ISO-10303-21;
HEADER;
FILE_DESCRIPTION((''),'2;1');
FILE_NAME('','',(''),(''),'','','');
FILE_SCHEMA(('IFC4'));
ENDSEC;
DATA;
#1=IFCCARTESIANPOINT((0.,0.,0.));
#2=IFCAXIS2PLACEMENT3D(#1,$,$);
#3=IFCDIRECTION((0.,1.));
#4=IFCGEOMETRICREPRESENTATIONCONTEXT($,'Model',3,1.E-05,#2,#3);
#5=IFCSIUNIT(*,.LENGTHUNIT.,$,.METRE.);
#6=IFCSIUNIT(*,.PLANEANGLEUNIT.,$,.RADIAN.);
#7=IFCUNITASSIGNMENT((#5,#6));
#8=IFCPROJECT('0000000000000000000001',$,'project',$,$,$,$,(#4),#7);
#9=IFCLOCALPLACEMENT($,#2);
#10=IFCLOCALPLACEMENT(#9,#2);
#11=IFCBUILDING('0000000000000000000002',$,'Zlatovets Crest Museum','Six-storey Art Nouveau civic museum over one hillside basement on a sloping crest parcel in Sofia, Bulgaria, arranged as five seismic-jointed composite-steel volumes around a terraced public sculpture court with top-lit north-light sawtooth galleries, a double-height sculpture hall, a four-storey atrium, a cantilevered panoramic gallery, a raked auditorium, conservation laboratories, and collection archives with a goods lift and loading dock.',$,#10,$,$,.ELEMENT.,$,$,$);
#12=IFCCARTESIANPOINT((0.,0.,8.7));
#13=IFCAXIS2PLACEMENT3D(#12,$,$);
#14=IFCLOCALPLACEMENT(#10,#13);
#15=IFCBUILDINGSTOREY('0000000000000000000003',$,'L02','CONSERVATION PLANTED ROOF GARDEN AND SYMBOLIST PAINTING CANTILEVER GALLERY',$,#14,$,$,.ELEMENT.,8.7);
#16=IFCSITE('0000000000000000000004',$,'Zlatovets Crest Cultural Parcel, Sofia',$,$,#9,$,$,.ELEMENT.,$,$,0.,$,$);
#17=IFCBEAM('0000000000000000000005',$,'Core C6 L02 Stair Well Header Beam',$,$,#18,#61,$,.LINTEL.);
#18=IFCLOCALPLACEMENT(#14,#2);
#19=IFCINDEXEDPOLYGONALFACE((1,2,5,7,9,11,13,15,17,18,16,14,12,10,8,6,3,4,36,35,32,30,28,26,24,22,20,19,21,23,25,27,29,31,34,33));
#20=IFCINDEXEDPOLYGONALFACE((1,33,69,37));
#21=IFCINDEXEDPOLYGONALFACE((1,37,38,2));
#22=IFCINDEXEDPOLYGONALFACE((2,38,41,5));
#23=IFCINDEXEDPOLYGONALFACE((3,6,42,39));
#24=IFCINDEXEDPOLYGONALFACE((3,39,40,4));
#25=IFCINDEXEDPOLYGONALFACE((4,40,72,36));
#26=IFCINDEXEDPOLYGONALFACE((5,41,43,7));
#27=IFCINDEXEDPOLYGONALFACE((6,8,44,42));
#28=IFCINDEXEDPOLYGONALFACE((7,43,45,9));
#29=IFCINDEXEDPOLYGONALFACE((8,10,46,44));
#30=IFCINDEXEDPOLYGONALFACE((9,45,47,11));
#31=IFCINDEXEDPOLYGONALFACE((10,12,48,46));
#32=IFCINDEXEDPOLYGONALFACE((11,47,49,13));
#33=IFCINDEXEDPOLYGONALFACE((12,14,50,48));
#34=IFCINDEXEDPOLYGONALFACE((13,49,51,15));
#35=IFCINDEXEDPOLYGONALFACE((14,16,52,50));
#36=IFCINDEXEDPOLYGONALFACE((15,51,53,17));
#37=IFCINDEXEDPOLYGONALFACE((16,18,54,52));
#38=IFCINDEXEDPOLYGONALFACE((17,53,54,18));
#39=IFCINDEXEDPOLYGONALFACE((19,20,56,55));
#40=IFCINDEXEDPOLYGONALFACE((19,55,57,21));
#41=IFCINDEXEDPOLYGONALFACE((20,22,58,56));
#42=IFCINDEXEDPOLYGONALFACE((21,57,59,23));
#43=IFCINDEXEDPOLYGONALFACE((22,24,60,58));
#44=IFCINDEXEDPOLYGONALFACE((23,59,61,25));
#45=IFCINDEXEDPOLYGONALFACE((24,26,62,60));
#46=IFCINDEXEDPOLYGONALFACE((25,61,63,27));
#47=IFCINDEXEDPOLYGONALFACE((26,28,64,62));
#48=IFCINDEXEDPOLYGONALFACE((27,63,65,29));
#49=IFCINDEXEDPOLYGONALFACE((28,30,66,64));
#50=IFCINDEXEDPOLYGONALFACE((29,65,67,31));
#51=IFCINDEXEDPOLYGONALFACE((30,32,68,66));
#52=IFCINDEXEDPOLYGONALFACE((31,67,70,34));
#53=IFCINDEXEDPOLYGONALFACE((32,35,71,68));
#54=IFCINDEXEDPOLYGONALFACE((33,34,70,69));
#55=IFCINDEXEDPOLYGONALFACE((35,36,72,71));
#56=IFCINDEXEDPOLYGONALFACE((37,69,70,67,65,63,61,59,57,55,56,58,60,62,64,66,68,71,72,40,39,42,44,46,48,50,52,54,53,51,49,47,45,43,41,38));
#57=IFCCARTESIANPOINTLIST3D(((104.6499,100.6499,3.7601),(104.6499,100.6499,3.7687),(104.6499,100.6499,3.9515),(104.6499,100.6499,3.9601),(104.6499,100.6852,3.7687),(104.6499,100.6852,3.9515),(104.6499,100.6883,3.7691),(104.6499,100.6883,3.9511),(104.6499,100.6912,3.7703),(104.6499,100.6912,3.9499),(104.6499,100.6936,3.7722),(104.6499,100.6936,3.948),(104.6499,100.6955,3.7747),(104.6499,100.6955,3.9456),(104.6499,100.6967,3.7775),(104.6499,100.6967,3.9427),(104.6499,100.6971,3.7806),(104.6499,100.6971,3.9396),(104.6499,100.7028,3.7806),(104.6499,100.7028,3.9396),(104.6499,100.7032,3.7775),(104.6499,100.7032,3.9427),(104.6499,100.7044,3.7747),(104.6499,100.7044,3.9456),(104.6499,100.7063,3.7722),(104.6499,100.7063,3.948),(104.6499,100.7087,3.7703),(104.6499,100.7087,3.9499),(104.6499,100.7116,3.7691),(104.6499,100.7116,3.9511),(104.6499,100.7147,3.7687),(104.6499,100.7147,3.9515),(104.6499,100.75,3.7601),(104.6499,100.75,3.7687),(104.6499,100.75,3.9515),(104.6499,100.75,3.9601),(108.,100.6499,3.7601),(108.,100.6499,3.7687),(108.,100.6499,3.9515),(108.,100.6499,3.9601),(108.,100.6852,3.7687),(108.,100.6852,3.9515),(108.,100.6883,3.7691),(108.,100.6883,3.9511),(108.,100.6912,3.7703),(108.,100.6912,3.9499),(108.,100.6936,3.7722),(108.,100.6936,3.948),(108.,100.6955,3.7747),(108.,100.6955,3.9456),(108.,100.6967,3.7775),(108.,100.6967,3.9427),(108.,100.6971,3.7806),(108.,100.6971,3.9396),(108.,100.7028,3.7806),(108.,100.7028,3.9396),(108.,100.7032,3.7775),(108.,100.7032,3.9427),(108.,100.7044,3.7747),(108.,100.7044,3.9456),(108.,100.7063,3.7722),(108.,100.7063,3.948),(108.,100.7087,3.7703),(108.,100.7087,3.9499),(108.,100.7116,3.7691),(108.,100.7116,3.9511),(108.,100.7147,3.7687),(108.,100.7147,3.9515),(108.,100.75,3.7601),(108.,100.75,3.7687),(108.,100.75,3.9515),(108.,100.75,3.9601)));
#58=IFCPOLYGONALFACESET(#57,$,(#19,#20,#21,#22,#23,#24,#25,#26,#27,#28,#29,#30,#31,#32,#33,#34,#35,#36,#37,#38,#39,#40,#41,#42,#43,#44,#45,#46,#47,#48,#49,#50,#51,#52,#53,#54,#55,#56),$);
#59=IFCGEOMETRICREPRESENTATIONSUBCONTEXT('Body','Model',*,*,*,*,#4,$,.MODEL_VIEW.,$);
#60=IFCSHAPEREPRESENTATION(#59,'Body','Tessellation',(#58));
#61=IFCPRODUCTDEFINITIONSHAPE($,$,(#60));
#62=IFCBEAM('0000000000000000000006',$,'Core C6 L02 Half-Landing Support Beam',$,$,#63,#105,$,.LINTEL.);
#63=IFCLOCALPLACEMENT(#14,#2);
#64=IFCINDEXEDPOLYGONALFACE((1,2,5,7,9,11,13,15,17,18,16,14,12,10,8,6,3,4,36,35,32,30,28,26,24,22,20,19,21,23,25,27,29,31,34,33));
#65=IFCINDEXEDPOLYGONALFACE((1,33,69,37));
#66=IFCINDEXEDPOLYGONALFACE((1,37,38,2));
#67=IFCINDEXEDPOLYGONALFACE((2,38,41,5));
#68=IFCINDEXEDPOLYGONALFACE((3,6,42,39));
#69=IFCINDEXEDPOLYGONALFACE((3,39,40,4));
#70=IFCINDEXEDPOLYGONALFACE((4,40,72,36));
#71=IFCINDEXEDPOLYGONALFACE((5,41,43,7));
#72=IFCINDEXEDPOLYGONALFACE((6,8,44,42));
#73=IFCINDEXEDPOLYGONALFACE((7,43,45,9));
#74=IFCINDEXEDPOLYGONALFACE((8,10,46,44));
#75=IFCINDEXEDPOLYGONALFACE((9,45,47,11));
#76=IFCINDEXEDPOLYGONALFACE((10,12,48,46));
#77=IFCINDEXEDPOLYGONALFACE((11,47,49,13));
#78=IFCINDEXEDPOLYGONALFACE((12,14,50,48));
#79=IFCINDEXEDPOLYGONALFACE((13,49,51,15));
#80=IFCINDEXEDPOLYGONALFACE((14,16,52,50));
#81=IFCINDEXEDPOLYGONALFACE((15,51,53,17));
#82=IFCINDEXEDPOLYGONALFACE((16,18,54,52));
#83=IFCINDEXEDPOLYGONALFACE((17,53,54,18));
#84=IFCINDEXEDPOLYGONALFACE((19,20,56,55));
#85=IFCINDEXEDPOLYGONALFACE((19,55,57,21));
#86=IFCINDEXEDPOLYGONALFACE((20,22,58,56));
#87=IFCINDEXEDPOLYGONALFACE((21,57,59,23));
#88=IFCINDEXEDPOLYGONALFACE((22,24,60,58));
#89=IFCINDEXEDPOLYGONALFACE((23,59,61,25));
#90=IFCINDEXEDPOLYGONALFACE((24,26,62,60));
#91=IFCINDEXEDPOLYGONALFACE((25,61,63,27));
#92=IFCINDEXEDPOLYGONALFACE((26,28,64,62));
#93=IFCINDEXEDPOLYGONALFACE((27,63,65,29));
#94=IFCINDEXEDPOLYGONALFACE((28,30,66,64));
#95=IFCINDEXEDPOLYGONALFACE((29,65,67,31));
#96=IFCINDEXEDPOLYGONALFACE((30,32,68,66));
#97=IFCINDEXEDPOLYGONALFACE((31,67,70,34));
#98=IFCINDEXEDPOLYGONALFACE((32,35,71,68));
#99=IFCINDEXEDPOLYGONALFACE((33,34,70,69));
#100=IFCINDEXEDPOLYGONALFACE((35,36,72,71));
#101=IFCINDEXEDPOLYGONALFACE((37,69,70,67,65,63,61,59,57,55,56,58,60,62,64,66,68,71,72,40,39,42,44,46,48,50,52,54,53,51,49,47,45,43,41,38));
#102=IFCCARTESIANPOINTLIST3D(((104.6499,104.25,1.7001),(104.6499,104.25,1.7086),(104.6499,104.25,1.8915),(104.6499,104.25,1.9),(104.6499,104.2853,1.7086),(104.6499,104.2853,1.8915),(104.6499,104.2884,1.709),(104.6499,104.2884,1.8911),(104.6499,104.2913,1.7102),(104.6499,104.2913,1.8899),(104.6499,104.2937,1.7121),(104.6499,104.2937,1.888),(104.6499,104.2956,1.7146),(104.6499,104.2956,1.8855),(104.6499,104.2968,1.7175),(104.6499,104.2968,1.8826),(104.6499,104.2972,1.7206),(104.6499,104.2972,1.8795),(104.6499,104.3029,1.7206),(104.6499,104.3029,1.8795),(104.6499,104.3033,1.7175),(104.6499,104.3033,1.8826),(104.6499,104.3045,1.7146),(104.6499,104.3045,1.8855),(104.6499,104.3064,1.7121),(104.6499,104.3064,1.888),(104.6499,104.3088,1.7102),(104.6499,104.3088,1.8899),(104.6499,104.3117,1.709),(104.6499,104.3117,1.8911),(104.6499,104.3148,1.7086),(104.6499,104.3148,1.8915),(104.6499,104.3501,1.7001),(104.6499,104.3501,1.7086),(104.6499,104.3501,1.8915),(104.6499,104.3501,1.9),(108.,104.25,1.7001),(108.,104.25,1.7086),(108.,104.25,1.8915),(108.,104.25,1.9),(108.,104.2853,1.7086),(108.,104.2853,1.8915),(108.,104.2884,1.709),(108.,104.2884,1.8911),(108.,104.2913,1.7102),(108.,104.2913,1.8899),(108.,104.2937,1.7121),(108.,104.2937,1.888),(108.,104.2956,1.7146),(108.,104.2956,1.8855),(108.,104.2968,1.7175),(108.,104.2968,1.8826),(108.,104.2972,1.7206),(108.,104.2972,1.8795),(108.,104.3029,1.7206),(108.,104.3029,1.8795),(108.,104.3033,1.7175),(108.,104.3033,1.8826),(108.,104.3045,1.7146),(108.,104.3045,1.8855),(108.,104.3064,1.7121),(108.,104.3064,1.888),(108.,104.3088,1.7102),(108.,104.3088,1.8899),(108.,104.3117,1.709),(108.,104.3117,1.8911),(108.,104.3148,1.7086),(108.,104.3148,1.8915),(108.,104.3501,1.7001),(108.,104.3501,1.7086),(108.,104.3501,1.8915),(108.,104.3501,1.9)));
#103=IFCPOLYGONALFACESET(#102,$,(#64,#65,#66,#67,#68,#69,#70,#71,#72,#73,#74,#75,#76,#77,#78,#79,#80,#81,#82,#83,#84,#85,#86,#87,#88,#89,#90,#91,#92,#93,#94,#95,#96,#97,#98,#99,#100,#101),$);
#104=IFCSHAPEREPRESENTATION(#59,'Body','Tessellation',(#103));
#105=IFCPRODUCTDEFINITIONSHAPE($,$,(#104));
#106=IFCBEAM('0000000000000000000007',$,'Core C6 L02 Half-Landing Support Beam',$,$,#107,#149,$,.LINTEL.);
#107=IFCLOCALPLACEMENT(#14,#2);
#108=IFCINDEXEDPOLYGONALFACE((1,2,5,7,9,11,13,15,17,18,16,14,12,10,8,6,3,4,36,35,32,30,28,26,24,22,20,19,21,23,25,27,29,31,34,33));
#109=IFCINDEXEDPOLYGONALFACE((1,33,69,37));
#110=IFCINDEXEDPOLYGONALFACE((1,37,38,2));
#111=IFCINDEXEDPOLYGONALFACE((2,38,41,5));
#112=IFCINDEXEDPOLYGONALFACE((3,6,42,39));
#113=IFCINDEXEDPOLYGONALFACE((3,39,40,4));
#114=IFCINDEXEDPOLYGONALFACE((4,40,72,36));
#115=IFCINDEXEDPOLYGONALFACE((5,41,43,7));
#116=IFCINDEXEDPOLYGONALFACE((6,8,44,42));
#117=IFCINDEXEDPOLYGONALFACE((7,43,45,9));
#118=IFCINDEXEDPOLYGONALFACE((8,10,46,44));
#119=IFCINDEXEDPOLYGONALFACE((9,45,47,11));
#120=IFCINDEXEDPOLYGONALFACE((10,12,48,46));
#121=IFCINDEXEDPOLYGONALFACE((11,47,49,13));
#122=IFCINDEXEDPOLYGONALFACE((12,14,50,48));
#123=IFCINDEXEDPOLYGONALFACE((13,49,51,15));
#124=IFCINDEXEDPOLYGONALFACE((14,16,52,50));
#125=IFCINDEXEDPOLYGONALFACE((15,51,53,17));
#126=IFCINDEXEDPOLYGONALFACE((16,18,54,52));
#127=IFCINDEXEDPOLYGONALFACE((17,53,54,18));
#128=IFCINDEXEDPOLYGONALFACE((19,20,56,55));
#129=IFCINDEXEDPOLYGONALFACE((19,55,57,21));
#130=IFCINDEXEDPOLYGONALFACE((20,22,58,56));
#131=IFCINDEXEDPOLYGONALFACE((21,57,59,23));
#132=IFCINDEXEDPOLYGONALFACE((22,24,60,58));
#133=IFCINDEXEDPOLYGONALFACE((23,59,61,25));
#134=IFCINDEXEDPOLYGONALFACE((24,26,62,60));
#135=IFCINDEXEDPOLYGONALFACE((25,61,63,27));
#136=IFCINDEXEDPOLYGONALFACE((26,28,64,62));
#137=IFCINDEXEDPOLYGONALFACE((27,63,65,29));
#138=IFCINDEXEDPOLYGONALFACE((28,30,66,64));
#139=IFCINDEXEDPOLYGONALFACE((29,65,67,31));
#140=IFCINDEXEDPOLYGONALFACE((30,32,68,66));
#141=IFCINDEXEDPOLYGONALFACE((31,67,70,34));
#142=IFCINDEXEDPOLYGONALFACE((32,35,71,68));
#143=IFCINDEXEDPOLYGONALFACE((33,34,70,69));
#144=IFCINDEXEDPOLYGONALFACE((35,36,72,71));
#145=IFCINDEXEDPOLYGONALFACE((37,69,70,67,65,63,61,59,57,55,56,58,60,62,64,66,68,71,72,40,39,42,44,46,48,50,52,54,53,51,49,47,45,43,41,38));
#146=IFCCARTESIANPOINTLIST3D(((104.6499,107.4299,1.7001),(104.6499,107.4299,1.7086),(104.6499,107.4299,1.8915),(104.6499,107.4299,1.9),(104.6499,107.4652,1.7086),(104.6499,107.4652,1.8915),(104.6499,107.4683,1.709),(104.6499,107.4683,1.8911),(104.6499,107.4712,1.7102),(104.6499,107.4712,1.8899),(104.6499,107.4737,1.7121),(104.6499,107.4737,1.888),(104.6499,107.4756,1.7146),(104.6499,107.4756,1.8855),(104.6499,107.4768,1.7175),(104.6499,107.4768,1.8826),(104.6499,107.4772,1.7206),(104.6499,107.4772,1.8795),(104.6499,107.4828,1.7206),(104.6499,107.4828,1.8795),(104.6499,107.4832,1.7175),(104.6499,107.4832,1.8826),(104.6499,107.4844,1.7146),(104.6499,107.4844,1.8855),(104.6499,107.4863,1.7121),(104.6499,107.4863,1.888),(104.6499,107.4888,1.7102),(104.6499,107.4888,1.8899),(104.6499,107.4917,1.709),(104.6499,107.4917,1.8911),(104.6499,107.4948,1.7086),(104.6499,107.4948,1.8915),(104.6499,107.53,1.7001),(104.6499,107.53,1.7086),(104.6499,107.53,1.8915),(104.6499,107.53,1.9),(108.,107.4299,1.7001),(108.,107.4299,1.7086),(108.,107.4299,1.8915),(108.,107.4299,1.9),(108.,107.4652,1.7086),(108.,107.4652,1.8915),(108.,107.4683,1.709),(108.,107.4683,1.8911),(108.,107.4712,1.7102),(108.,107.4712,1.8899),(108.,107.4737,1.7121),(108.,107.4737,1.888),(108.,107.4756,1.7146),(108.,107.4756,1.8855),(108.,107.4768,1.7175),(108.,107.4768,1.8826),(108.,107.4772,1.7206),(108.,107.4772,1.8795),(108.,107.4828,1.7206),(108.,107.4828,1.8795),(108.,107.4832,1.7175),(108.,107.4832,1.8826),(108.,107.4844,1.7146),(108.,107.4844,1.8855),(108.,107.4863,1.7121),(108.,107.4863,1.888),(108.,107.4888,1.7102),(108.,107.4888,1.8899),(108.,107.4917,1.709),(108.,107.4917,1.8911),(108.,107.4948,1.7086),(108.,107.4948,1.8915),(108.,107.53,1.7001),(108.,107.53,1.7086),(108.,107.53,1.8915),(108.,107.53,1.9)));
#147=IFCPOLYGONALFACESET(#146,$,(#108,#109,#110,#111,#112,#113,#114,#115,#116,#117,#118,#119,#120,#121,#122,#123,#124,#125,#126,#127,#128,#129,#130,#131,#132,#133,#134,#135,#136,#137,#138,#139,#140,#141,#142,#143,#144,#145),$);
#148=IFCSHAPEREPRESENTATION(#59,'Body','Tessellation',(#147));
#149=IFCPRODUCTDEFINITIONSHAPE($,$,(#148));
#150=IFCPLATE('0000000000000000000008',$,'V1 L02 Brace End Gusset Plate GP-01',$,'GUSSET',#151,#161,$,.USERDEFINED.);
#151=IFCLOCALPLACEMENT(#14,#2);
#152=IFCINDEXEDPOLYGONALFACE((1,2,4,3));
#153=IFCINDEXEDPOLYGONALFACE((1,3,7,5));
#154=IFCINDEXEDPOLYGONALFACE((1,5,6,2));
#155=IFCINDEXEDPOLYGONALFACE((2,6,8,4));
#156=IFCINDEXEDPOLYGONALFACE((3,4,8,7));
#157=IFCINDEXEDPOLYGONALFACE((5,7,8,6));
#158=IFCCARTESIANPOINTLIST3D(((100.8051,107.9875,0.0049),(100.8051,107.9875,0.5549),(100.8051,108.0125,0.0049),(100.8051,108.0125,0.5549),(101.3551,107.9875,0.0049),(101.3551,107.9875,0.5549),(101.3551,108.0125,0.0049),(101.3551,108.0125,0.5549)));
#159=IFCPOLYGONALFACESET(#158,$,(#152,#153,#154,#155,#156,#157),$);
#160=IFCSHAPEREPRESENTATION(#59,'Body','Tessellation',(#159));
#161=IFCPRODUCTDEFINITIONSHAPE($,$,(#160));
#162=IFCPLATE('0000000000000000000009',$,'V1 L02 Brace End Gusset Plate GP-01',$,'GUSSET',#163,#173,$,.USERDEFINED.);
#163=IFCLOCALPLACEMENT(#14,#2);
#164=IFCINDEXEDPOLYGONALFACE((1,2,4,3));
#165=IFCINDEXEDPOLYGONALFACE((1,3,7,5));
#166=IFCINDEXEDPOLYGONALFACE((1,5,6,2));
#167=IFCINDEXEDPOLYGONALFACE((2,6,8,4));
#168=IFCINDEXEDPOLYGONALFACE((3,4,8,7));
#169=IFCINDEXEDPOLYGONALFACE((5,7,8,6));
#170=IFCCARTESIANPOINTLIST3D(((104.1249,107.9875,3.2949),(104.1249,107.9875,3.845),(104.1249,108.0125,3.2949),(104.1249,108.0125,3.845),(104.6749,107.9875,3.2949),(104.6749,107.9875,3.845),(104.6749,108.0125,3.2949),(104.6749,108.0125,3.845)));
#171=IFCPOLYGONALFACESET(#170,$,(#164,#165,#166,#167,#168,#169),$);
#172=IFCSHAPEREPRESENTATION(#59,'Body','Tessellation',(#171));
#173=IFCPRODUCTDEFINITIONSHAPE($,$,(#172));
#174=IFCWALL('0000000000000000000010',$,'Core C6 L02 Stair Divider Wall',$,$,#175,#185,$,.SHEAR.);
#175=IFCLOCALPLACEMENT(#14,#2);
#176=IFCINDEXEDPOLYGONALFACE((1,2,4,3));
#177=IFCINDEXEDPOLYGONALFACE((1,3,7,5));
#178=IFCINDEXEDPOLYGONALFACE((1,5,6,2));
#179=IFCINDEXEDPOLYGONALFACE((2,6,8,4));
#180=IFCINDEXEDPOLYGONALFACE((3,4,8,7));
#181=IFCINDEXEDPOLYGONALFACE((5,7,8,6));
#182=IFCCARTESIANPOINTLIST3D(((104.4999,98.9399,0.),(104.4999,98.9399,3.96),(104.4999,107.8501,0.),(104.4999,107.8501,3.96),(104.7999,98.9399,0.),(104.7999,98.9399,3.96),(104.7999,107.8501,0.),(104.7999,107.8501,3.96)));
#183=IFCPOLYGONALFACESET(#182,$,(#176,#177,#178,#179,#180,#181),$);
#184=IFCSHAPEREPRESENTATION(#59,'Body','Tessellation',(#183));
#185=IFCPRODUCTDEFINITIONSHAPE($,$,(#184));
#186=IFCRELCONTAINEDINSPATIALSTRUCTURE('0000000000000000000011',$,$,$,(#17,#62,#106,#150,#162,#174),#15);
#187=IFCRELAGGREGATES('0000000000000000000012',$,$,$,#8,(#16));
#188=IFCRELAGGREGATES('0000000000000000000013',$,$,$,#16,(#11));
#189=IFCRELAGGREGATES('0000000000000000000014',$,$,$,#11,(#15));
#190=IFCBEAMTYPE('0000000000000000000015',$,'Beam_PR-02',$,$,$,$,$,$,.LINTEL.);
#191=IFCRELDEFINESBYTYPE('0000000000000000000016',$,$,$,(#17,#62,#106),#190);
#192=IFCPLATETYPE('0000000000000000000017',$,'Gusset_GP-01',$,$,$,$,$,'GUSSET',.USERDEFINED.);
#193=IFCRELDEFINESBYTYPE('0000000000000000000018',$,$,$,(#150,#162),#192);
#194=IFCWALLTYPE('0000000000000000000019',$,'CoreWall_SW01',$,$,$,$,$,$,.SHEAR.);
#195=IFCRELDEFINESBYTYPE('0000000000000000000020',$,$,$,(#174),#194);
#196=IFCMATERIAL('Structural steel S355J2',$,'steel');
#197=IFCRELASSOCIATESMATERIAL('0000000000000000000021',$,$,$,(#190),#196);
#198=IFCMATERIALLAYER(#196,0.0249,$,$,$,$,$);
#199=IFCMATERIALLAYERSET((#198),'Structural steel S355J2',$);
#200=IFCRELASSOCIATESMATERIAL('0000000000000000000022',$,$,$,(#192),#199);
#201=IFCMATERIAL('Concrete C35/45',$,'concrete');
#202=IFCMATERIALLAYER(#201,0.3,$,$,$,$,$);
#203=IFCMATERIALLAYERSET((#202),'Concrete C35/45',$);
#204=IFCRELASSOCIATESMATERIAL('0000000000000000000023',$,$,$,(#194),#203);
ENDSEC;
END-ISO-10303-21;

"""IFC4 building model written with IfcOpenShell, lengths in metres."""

from ifc_helpers import new_model, si_unit, direction, frame, frame_2d, origin, origin_2d, place, context, subcontext, project, spatial, rectangle, i_section, extrude, material, layer, layer_set, material_profile, profile_set, type_object, element, save


model = new_model("IFC4")

# Units and contexts
model_context = context("Model", 3, precision=1e-05, world=origin(), true_north=direction((0.0, 1.0)))
body_context = subcontext(model_context, "Body", "Model", "MODEL_VIEW")
ifc_project = project(units=[si_unit("LENGTHUNIT", "METRE"), si_unit("PLANEANGLEUNIT", "RADIAN")], contexts=[model_context])

# Site, building, storey
site_placement = place(None, origin())
site = spatial("IfcSite", under=ifc_project, at=site_placement, Name="Zlatovets Crest Cultural Parcel, Sofia", CompositionType="ELEMENT", RefElevation=0.0)
building_placement = place(site_placement, origin())
building = spatial("IfcBuilding", under=site, at=building_placement, Name="Zlatovets Crest Museum", Description="Six-storey Art Nouveau civic museum over one hillside basement on a sloping crest parcel in Sofia, Bulgaria, arranged as five seismic-jointed composite-steel volumes around a terraced public sculpture court with top-lit north-light sawtooth galleries, a double-height sculpture hall, a four-storey atrium, a cantilevered panoramic gallery, a raked auditorium, conservation laboratories, and collection archives with a goods lift and loading dock.", CompositionType="ELEMENT")
storey_placement = place(building_placement, frame((0.0, 0.0, 8.7)))
storey = spatial("IfcBuildingStorey", under=building, at=storey_placement, Name="L02", Description="CONSERVATION PLANTED ROOF GARDEN AND SYMBOLIST PAINTING CANTILEVER GALLERY", CompositionType="ELEMENT", Elevation=8.7)

# Beams
ifc_material_1 = material(Name="Structural steel S355J2", Category="steel")
ifc_material_profile = material_profile(ifc_material_1, i_section(OverallWidth=0.1001, OverallDepth=0.2, WebThickness=0.0056, FlangeThickness=0.0085, FilletRadius=0.012, at=origin_2d()), Name="IPE 200")
ifc_profile_set = profile_set([ifc_material_profile], Name="Structural steel S355J2")
beam_type = type_object("IfcBeamType", Name="Beam_PR-02", PredefinedType="LINTEL", material=ifc_profile_set)
for number, where, z_axis, x_axis, name in (
    (1, (104.6499, 100.7, 3.8601), (1.0, 0.0, 0.0), (0.0, 1.0, 0.0), "Core C6 L02 Stair Well Header Beam"),
    (2, (104.6499, 104.3, 1.8), (1.0, 0.0, 0.0), (0.0, 1.0, 0.0), "Core C6 L02 Half-Landing Support Beam"),
    (3, (104.6499, 107.48, 1.8), (1.0, 0.0, 0.0), (0.0, 1.0, 0.0), "Core C6 L02 Half-Landing Support Beam"),
):
    element("IfcBeam", number, at=place(storey_placement, frame(where, z_axis=z_axis, x_axis=x_axis)), inside=storey, type_object=beam_type, Name=name, PredefinedType="LINTEL", context=body_context, shape_type="SweptSolid", body=[
        extrude(i_section(OverallWidth=0.1001, OverallDepth=0.2, WebThickness=0.0056, FlangeThickness=0.0085, FilletRadius=0.012, at=origin_2d()), origin(), (0.0, 0.0, 1.0), 3.3501),
    ])

# Plates
ifc_layer_1 = layer(ifc_material_1, 0.0249)
ifc_layer_set_1 = layer_set([ifc_layer_1], Name="Structural steel S355J2")
plate_type = type_object("IfcPlateType", Name="Gusset_GP-01", ElementType="GUSSET", PredefinedType="USERDEFINED", material=ifc_layer_set_1)
for number, where, z_axis, x_axis, name in (
    (4, (101.0801, 108.0, 0.0049), (0.0, 0.0, 1.0), (1.0, 0.0, 0.0), "V1 L02 Brace End Gusset Plate GP-01"),
    (5, (104.3999, 108.0, 3.2949), (0.0, 0.0, 1.0), (1.0, 0.0, 0.0), "V1 L02 Brace End Gusset Plate GP-01"),
):
    element("IfcPlate", number, at=place(storey_placement, frame(where, z_axis=z_axis, x_axis=x_axis)), inside=storey, type_object=plate_type, Name=name, ObjectType="GUSSET", PredefinedType="USERDEFINED", context=body_context, shape_type="SweptSolid", body=[
        extrude(rectangle(XDim=0.55, YDim=0.0249, at=origin_2d()), origin(), (0.0, 0.0, 1.0), 0.55),
    ])

# Wall
ifc_material_2 = material(Name="Concrete C35/45", Category="concrete")
ifc_layer_2 = layer(ifc_material_2, 0.3)
ifc_layer_set_2 = layer_set([ifc_layer_2], Name="Concrete C35/45")
wall_type_1 = type_object("IfcWallType", Name="CoreWall_SW01", PredefinedType="SHEAR", material=ifc_layer_set_2)
wall_1_placement = place(storey_placement, frame((104.6499, 98.9399, 0.0), z_axis=(0.0, 0.0, 1.0), x_axis=(0.0, 1.0, 0.0)))
element("IfcWall", 6, at=wall_1_placement, inside=storey, type_object=wall_type_1, Name="Core C6 L02 Stair Divider Wall", PredefinedType="SHEAR", context=body_context, shape_type="SweptSolid", body=[
    extrude(rectangle(XDim=8.9102, YDim=0.3, at=frame_2d((4.4551, 0.0))), origin(), (0.0, 0.0, 1.0), 3.96),
])

save(model, "model.ifc")
